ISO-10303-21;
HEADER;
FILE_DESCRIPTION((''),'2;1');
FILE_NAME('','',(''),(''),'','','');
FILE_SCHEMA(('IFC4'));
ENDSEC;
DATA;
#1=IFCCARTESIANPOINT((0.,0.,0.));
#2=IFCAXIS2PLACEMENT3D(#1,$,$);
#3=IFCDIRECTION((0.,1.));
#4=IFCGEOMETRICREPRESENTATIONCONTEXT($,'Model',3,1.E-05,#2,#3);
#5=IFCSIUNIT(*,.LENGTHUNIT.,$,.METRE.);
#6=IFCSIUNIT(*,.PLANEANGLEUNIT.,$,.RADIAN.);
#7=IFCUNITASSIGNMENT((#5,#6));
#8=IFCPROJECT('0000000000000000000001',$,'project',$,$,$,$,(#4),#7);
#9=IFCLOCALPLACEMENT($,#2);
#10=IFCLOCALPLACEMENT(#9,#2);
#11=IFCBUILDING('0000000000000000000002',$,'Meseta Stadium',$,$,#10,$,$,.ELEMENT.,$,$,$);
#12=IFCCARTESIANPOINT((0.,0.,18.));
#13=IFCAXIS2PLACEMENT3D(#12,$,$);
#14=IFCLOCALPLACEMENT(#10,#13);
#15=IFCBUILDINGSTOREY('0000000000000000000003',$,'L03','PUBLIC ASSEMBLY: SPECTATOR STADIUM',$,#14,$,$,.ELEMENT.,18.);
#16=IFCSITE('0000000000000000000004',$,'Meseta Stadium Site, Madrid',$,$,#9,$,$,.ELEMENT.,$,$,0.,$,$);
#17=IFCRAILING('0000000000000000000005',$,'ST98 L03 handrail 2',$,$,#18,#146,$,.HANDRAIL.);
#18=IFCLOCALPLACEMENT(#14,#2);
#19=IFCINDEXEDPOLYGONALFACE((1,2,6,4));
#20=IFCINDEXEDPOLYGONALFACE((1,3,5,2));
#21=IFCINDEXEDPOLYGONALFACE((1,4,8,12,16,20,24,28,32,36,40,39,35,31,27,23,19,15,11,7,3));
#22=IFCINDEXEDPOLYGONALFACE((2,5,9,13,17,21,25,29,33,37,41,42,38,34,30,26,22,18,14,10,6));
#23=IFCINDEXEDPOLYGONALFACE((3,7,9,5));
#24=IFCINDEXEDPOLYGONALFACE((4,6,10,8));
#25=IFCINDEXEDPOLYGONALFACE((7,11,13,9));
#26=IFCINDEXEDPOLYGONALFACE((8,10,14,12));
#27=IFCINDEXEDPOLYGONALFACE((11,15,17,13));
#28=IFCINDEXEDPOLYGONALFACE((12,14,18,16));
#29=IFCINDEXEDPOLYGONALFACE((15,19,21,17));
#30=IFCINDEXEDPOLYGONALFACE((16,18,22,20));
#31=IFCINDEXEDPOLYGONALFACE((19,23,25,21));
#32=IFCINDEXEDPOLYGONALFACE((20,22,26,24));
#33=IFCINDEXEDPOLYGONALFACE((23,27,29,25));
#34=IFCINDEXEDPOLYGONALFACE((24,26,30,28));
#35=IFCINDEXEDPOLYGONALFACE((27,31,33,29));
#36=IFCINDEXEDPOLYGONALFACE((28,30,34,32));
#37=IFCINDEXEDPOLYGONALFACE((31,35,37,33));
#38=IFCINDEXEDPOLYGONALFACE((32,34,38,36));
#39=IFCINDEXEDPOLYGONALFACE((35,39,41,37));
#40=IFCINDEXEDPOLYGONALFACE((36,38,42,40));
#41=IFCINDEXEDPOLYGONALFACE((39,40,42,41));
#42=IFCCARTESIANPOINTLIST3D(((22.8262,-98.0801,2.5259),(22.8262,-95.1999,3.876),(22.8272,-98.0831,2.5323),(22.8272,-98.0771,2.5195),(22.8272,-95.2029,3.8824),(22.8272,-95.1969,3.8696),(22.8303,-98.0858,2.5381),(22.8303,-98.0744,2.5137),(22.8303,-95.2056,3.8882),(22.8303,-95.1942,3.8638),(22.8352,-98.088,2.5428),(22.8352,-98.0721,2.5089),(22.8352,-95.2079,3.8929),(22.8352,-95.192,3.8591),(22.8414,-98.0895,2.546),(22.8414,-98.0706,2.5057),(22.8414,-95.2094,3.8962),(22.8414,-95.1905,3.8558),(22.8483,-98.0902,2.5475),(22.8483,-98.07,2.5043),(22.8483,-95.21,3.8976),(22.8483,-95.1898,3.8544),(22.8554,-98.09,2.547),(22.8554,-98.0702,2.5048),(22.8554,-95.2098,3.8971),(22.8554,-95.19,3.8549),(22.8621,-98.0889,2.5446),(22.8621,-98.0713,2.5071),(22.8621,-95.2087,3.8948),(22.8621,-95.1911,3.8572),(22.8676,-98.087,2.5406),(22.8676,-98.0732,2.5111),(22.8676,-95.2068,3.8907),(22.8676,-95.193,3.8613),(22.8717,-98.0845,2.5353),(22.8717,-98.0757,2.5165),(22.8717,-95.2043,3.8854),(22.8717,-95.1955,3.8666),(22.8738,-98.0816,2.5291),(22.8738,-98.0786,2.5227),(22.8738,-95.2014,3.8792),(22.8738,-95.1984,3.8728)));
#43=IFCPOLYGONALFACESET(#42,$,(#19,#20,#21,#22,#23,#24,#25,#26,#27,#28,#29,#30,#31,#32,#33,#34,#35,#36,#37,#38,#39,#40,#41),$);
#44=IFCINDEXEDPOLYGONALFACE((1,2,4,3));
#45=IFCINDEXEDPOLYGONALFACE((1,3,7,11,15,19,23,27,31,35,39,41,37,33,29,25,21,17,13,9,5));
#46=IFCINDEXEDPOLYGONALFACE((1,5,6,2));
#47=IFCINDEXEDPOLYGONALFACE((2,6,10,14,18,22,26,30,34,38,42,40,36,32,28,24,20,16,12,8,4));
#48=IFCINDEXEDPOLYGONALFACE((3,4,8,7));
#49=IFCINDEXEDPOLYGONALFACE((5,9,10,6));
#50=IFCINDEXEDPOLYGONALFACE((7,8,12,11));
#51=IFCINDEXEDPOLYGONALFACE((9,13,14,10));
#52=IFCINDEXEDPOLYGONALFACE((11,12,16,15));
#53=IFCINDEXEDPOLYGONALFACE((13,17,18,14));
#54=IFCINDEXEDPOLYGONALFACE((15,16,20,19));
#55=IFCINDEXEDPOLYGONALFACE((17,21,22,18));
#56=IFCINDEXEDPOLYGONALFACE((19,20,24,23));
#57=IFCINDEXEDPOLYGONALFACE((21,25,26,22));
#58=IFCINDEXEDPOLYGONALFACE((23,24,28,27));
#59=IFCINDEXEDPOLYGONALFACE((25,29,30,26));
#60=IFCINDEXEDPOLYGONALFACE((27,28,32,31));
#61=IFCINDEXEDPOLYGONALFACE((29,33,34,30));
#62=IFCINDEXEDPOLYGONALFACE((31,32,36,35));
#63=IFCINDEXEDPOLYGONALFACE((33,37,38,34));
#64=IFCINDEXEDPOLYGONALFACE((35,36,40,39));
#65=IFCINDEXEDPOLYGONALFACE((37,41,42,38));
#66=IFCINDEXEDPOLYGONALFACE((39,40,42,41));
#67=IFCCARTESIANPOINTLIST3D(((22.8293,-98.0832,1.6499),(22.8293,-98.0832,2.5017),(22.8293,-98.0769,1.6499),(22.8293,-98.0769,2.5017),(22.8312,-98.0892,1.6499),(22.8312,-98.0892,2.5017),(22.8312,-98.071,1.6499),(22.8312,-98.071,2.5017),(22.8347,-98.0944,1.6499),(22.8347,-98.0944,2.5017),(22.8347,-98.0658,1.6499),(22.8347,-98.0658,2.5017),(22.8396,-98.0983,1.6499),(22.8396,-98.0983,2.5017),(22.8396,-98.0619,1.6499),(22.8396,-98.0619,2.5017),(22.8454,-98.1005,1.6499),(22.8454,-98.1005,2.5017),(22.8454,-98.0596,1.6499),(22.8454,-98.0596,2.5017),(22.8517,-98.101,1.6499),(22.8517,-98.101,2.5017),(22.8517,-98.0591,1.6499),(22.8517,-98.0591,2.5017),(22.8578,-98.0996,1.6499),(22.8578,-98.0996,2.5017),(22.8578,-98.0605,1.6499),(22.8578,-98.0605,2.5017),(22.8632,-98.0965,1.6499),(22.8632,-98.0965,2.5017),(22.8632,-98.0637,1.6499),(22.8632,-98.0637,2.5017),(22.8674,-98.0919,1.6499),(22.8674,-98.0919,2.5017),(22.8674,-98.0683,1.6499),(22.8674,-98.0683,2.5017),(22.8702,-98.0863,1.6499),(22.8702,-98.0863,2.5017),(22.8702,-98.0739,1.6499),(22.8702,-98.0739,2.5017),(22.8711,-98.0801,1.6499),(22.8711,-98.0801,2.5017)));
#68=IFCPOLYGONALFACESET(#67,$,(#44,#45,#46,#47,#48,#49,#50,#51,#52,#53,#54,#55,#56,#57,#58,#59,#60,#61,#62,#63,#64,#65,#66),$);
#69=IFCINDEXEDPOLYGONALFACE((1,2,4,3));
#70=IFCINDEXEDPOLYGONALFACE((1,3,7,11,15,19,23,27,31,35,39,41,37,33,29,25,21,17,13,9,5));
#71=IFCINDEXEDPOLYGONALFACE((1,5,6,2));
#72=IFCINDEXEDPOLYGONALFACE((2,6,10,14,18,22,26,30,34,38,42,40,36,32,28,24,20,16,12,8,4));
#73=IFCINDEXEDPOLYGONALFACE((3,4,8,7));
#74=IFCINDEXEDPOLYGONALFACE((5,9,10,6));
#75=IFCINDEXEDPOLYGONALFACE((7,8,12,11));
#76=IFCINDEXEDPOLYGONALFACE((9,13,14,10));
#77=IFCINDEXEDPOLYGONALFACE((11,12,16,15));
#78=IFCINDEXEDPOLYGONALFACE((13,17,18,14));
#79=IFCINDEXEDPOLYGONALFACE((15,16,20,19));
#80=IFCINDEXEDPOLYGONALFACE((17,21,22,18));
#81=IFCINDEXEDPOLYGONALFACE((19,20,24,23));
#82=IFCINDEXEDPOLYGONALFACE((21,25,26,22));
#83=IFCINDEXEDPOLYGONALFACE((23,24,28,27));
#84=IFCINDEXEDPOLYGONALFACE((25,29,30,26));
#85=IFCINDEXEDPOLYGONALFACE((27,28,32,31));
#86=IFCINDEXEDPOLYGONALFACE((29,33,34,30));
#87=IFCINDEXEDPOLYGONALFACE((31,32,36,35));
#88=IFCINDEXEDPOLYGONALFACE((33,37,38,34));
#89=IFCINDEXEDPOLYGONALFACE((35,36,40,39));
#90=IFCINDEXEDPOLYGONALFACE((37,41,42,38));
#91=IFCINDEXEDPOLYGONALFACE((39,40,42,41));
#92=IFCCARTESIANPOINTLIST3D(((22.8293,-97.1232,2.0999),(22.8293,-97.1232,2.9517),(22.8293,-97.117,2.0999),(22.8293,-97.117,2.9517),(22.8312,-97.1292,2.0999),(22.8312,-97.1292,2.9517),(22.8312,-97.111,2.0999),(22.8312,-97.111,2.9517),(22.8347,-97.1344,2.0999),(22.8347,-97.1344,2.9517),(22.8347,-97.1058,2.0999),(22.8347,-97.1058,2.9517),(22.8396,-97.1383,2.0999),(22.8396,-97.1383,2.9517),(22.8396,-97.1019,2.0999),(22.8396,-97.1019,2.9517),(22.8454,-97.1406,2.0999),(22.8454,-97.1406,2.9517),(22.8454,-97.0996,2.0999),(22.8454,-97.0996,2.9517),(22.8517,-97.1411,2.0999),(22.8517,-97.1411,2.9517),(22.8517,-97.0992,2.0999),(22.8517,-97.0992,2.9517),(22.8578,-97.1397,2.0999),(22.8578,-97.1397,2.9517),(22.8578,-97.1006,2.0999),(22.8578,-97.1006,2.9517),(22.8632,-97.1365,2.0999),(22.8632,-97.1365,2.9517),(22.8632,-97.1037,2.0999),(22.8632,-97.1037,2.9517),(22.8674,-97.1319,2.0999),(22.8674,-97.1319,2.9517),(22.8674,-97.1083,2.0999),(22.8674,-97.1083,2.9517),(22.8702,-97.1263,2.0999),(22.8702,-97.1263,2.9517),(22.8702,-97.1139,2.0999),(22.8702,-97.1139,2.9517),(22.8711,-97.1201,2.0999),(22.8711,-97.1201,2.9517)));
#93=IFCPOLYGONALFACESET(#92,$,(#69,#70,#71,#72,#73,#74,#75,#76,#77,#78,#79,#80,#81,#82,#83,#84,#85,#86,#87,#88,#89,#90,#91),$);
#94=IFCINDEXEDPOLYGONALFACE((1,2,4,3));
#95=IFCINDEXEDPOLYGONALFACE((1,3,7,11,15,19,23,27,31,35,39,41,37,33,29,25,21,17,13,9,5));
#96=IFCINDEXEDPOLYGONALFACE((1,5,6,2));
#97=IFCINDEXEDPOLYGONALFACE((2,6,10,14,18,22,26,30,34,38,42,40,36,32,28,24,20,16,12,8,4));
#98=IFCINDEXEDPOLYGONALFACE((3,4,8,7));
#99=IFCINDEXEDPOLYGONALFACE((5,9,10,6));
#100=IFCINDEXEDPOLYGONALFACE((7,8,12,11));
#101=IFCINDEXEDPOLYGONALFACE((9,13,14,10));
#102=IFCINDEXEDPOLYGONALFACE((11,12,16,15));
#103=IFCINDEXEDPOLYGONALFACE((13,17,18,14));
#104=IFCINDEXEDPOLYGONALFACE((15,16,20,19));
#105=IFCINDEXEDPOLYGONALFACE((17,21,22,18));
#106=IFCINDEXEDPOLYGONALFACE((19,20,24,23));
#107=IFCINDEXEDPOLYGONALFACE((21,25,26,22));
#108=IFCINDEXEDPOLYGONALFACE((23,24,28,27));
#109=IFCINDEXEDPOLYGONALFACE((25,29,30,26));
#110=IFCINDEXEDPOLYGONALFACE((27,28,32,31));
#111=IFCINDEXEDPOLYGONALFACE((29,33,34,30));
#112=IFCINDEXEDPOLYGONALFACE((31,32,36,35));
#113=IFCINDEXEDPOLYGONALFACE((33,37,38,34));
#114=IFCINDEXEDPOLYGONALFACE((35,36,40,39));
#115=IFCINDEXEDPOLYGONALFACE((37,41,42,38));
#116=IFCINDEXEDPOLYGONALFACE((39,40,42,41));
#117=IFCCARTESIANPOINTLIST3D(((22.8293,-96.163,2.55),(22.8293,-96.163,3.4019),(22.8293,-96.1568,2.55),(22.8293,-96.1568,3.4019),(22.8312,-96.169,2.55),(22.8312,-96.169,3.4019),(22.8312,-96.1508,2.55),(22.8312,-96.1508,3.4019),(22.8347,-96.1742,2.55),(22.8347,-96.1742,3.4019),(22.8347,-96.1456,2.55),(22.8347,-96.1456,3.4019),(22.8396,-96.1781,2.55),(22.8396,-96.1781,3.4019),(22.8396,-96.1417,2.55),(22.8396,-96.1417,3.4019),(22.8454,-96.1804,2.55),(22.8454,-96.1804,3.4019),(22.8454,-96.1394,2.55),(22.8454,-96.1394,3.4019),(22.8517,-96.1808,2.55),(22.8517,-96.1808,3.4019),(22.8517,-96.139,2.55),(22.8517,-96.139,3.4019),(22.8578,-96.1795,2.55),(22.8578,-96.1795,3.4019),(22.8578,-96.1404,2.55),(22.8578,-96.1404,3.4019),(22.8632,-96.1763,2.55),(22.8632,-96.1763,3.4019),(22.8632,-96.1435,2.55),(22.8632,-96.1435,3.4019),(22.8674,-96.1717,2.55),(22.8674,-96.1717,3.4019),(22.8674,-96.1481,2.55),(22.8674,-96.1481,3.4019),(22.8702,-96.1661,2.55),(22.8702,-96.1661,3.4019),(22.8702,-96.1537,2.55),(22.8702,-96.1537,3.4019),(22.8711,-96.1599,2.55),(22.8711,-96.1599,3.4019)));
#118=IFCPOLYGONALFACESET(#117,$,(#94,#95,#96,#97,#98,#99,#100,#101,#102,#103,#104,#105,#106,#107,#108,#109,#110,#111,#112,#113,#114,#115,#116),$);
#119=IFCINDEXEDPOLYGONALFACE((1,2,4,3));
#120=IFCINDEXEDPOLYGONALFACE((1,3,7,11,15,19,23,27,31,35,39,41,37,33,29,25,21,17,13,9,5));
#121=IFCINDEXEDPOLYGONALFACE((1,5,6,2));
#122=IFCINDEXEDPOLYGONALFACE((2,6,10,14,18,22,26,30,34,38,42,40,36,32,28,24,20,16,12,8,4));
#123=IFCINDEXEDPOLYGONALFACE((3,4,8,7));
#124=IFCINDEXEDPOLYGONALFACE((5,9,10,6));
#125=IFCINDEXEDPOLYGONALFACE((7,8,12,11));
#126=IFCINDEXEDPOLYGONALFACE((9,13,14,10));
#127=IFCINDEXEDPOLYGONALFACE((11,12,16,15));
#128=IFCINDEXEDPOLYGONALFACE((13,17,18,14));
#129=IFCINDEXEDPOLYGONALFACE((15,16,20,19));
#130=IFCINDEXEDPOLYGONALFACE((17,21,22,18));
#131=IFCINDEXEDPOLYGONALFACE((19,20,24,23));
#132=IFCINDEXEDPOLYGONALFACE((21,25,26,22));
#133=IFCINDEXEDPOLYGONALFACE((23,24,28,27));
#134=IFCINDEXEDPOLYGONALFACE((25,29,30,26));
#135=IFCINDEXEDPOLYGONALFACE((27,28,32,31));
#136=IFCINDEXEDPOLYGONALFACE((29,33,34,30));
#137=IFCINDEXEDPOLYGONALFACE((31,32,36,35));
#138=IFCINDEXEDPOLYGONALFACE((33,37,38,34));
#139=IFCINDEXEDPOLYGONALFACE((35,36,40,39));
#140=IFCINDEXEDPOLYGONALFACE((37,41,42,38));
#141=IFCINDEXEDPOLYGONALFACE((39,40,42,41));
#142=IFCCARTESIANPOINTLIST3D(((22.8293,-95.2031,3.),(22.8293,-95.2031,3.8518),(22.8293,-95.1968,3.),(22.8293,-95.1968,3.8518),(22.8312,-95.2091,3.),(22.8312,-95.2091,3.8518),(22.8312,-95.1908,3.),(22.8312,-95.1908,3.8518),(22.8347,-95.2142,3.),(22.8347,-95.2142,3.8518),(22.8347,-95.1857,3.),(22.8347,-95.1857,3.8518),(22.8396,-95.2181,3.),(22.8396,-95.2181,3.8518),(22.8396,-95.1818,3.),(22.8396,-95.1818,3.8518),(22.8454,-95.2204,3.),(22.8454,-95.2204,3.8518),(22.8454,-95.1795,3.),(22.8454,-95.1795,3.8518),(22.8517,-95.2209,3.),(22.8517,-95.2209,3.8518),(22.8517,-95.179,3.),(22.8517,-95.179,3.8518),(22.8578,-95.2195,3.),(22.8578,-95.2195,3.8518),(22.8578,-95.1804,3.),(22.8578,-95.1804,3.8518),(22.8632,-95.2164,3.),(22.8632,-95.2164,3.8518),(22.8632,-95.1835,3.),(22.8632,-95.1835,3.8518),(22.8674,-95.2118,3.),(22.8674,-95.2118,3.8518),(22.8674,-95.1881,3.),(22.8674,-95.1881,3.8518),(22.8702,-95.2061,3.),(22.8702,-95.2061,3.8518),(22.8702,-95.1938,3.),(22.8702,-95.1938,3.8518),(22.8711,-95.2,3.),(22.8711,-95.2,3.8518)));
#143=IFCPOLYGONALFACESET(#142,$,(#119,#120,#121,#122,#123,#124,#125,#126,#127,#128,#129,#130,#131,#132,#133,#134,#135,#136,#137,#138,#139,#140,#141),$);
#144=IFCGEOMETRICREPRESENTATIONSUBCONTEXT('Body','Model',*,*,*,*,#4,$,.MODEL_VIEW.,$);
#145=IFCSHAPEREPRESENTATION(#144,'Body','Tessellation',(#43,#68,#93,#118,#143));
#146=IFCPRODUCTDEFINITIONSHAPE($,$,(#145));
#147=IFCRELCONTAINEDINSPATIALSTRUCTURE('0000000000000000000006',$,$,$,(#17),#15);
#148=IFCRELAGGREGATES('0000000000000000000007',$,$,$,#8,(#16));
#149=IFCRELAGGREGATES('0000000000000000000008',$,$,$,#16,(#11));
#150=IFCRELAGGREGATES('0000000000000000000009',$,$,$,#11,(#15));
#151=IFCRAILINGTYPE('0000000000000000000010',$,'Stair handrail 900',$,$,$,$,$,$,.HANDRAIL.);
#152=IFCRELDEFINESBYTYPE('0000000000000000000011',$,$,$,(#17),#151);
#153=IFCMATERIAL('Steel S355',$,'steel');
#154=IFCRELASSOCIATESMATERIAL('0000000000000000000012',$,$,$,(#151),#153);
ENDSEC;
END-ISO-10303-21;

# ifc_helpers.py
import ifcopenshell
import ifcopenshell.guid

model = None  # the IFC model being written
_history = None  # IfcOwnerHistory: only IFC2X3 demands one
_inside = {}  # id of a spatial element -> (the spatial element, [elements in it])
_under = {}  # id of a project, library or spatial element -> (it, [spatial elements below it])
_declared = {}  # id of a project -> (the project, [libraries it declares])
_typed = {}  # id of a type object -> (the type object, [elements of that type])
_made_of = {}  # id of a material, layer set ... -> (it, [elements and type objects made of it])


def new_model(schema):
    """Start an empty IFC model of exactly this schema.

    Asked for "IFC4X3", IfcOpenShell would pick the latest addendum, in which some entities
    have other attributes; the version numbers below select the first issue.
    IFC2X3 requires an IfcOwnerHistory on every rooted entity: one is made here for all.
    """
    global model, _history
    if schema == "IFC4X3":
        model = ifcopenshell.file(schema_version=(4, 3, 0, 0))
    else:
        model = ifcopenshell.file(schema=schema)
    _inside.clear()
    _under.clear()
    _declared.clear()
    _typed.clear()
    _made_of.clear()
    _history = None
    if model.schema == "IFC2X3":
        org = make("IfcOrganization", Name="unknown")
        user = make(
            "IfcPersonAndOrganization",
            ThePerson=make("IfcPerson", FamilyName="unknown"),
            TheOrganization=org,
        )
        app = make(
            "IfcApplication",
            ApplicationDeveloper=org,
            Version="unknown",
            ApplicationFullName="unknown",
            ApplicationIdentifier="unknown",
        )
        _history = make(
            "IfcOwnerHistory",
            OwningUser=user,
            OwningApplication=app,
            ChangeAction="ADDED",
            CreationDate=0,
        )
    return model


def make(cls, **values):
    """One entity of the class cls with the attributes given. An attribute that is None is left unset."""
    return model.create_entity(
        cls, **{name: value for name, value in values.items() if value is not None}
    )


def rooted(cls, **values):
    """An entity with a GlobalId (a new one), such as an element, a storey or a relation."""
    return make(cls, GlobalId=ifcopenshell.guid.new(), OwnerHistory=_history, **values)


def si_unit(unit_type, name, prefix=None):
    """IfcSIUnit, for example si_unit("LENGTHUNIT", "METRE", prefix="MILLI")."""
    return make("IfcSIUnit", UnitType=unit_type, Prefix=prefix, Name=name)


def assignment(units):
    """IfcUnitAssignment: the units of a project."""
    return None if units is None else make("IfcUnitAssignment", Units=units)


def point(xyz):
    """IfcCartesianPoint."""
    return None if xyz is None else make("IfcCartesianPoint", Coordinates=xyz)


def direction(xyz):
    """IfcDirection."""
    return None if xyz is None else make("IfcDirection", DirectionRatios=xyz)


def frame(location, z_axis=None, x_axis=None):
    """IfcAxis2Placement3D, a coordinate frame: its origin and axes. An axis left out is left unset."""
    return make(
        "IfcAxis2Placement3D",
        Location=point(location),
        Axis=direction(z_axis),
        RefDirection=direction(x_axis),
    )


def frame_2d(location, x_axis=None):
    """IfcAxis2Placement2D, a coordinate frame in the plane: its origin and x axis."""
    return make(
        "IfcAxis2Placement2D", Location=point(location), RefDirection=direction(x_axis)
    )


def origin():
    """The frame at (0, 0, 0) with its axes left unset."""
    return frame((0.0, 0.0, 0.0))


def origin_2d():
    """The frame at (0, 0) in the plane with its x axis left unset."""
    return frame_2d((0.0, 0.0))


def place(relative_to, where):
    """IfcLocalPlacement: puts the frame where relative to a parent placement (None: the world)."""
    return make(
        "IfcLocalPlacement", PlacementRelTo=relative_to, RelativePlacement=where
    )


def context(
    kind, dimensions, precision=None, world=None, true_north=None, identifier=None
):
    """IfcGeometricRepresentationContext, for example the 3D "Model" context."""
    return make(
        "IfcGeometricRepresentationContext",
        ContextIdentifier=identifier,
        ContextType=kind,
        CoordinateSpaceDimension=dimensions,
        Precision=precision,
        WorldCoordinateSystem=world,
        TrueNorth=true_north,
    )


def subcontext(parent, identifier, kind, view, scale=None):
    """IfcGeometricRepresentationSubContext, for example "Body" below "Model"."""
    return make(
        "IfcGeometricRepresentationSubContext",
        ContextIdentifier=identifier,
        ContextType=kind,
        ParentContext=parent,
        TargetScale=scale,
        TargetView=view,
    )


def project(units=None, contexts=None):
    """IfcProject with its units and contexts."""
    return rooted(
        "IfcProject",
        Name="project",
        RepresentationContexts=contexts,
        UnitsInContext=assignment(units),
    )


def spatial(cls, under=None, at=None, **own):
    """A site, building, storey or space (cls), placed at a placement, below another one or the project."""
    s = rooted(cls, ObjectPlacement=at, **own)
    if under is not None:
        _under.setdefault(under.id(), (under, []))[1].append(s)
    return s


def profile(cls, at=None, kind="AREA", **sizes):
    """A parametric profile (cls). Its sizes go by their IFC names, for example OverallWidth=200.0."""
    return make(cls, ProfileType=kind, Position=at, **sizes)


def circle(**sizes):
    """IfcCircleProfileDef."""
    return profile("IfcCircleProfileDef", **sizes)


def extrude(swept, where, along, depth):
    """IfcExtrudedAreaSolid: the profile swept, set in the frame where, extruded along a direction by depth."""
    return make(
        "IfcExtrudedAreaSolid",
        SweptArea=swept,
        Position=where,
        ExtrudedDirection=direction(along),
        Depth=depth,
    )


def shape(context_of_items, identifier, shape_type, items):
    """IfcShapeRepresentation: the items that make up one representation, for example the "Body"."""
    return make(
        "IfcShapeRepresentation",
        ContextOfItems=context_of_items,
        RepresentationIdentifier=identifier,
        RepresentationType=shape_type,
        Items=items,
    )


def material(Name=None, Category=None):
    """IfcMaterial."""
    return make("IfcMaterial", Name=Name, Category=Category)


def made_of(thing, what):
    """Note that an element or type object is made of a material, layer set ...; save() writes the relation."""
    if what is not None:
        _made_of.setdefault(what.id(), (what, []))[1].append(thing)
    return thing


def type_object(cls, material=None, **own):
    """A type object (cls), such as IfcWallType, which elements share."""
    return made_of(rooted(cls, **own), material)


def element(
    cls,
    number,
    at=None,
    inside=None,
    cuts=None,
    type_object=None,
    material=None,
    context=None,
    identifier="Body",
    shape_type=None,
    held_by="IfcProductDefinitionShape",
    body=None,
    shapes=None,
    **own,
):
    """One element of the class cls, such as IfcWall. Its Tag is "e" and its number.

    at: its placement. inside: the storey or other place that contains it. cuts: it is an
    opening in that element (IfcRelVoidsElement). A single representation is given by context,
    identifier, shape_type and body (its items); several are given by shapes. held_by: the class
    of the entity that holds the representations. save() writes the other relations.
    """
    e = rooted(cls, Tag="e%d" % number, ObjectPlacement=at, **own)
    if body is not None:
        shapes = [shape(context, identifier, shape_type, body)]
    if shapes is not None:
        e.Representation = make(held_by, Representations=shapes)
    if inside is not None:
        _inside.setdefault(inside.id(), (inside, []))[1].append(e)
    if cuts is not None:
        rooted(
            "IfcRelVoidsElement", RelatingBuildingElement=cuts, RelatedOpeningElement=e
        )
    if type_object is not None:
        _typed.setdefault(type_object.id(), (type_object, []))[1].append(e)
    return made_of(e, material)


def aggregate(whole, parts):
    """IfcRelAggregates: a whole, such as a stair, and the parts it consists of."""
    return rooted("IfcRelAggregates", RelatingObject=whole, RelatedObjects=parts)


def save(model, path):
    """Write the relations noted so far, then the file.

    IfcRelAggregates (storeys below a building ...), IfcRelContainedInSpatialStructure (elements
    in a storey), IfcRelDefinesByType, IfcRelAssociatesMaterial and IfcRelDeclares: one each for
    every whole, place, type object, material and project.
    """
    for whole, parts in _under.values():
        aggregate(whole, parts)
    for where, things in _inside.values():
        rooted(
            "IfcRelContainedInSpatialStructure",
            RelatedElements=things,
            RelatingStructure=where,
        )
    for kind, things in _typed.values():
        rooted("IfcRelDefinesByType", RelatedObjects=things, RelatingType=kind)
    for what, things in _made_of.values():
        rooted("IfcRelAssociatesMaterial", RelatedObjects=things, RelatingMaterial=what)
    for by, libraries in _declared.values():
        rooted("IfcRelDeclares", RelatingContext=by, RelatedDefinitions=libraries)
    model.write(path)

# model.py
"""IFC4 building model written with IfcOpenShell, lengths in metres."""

from ifc_helpers import new_model, si_unit, direction, frame, origin, origin_2d, place, context, subcontext, project, spatial, circle, extrude, material, type_object, element, save


model = new_model("IFC4")

# Units and contexts
model_context = context("Model", 3, precision=1e-05, world=origin(), true_north=direction((0.0, 1.0)))
body_context = subcontext(model_context, "Body", "Model", "MODEL_VIEW")
ifc_project = project(units=[si_unit("LENGTHUNIT", "METRE"), si_unit("PLANEANGLEUNIT", "RADIAN")], contexts=[model_context])

# Site, building, storey
site_placement = place(None, origin())
site = spatial("IfcSite", under=ifc_project, at=site_placement, Name="Meseta Stadium Site, Madrid", CompositionType="ELEMENT", RefElevation=0.0)
building_placement = place(site_placement, origin())
building = spatial("IfcBuilding", under=site, at=building_placement, Name="Meseta Stadium", CompositionType="ELEMENT")
storey_placement = place(building_placement, frame((0.0, 0.0, 18.0)))
storey = spatial("IfcBuildingStorey", under=building, at=storey_placement, Name="L03", Description="PUBLIC ASSEMBLY: SPECTATOR STADIUM", CompositionType="ELEMENT", Elevation=18.0)

# Railing
ifc_material_1 = material(Name="Steel S355", Category="steel")
railing_type_1 = type_object("IfcRailingType", Name="Stair handrail 900", PredefinedType="HANDRAIL", material=ifc_material_1)
for number, where, name in (
    (1, (22.8501, -98.0801, 1.6499), "ST98 L03 handrail 2"),
):
    element("IfcRailing", number, at=place(storey_placement, frame(where)), inside=storey, type_object=railing_type_1, Name=name, PredefinedType="HANDRAIL", context=body_context, shape_type="SweptSolid", body=[
        extrude(circle(Radius=0.0239, at=origin_2d()), frame((0.0, 0.0, 0.876), z_axis=(0.0, 0.905454, 0.424444), x_axis=(-1.0, 0.0, 0.0)), (0.0, 0.0, 1.0), 3.1809),
        extrude(circle(Radius=0.021, at=origin_2d()), origin(), (0.0, 0.0, 1.0), 0.8518),
        extrude(circle(Radius=0.021, at=origin_2d()), frame((0.0, 0.96, 0.45)), (0.0, 0.0, 1.0), 0.8518),
        extrude(circle(Radius=0.021, at=origin_2d()), frame((0.0, 1.9202, 0.9001)), (0.0, 0.0, 1.0), 0.8518),
        extrude(circle(Radius=0.021, at=origin_2d()), frame((0.0, 2.8801, 1.3501)), (0.0, 0.0, 1.0), 0.8518),
    ])

save(model, "model.ifc")
